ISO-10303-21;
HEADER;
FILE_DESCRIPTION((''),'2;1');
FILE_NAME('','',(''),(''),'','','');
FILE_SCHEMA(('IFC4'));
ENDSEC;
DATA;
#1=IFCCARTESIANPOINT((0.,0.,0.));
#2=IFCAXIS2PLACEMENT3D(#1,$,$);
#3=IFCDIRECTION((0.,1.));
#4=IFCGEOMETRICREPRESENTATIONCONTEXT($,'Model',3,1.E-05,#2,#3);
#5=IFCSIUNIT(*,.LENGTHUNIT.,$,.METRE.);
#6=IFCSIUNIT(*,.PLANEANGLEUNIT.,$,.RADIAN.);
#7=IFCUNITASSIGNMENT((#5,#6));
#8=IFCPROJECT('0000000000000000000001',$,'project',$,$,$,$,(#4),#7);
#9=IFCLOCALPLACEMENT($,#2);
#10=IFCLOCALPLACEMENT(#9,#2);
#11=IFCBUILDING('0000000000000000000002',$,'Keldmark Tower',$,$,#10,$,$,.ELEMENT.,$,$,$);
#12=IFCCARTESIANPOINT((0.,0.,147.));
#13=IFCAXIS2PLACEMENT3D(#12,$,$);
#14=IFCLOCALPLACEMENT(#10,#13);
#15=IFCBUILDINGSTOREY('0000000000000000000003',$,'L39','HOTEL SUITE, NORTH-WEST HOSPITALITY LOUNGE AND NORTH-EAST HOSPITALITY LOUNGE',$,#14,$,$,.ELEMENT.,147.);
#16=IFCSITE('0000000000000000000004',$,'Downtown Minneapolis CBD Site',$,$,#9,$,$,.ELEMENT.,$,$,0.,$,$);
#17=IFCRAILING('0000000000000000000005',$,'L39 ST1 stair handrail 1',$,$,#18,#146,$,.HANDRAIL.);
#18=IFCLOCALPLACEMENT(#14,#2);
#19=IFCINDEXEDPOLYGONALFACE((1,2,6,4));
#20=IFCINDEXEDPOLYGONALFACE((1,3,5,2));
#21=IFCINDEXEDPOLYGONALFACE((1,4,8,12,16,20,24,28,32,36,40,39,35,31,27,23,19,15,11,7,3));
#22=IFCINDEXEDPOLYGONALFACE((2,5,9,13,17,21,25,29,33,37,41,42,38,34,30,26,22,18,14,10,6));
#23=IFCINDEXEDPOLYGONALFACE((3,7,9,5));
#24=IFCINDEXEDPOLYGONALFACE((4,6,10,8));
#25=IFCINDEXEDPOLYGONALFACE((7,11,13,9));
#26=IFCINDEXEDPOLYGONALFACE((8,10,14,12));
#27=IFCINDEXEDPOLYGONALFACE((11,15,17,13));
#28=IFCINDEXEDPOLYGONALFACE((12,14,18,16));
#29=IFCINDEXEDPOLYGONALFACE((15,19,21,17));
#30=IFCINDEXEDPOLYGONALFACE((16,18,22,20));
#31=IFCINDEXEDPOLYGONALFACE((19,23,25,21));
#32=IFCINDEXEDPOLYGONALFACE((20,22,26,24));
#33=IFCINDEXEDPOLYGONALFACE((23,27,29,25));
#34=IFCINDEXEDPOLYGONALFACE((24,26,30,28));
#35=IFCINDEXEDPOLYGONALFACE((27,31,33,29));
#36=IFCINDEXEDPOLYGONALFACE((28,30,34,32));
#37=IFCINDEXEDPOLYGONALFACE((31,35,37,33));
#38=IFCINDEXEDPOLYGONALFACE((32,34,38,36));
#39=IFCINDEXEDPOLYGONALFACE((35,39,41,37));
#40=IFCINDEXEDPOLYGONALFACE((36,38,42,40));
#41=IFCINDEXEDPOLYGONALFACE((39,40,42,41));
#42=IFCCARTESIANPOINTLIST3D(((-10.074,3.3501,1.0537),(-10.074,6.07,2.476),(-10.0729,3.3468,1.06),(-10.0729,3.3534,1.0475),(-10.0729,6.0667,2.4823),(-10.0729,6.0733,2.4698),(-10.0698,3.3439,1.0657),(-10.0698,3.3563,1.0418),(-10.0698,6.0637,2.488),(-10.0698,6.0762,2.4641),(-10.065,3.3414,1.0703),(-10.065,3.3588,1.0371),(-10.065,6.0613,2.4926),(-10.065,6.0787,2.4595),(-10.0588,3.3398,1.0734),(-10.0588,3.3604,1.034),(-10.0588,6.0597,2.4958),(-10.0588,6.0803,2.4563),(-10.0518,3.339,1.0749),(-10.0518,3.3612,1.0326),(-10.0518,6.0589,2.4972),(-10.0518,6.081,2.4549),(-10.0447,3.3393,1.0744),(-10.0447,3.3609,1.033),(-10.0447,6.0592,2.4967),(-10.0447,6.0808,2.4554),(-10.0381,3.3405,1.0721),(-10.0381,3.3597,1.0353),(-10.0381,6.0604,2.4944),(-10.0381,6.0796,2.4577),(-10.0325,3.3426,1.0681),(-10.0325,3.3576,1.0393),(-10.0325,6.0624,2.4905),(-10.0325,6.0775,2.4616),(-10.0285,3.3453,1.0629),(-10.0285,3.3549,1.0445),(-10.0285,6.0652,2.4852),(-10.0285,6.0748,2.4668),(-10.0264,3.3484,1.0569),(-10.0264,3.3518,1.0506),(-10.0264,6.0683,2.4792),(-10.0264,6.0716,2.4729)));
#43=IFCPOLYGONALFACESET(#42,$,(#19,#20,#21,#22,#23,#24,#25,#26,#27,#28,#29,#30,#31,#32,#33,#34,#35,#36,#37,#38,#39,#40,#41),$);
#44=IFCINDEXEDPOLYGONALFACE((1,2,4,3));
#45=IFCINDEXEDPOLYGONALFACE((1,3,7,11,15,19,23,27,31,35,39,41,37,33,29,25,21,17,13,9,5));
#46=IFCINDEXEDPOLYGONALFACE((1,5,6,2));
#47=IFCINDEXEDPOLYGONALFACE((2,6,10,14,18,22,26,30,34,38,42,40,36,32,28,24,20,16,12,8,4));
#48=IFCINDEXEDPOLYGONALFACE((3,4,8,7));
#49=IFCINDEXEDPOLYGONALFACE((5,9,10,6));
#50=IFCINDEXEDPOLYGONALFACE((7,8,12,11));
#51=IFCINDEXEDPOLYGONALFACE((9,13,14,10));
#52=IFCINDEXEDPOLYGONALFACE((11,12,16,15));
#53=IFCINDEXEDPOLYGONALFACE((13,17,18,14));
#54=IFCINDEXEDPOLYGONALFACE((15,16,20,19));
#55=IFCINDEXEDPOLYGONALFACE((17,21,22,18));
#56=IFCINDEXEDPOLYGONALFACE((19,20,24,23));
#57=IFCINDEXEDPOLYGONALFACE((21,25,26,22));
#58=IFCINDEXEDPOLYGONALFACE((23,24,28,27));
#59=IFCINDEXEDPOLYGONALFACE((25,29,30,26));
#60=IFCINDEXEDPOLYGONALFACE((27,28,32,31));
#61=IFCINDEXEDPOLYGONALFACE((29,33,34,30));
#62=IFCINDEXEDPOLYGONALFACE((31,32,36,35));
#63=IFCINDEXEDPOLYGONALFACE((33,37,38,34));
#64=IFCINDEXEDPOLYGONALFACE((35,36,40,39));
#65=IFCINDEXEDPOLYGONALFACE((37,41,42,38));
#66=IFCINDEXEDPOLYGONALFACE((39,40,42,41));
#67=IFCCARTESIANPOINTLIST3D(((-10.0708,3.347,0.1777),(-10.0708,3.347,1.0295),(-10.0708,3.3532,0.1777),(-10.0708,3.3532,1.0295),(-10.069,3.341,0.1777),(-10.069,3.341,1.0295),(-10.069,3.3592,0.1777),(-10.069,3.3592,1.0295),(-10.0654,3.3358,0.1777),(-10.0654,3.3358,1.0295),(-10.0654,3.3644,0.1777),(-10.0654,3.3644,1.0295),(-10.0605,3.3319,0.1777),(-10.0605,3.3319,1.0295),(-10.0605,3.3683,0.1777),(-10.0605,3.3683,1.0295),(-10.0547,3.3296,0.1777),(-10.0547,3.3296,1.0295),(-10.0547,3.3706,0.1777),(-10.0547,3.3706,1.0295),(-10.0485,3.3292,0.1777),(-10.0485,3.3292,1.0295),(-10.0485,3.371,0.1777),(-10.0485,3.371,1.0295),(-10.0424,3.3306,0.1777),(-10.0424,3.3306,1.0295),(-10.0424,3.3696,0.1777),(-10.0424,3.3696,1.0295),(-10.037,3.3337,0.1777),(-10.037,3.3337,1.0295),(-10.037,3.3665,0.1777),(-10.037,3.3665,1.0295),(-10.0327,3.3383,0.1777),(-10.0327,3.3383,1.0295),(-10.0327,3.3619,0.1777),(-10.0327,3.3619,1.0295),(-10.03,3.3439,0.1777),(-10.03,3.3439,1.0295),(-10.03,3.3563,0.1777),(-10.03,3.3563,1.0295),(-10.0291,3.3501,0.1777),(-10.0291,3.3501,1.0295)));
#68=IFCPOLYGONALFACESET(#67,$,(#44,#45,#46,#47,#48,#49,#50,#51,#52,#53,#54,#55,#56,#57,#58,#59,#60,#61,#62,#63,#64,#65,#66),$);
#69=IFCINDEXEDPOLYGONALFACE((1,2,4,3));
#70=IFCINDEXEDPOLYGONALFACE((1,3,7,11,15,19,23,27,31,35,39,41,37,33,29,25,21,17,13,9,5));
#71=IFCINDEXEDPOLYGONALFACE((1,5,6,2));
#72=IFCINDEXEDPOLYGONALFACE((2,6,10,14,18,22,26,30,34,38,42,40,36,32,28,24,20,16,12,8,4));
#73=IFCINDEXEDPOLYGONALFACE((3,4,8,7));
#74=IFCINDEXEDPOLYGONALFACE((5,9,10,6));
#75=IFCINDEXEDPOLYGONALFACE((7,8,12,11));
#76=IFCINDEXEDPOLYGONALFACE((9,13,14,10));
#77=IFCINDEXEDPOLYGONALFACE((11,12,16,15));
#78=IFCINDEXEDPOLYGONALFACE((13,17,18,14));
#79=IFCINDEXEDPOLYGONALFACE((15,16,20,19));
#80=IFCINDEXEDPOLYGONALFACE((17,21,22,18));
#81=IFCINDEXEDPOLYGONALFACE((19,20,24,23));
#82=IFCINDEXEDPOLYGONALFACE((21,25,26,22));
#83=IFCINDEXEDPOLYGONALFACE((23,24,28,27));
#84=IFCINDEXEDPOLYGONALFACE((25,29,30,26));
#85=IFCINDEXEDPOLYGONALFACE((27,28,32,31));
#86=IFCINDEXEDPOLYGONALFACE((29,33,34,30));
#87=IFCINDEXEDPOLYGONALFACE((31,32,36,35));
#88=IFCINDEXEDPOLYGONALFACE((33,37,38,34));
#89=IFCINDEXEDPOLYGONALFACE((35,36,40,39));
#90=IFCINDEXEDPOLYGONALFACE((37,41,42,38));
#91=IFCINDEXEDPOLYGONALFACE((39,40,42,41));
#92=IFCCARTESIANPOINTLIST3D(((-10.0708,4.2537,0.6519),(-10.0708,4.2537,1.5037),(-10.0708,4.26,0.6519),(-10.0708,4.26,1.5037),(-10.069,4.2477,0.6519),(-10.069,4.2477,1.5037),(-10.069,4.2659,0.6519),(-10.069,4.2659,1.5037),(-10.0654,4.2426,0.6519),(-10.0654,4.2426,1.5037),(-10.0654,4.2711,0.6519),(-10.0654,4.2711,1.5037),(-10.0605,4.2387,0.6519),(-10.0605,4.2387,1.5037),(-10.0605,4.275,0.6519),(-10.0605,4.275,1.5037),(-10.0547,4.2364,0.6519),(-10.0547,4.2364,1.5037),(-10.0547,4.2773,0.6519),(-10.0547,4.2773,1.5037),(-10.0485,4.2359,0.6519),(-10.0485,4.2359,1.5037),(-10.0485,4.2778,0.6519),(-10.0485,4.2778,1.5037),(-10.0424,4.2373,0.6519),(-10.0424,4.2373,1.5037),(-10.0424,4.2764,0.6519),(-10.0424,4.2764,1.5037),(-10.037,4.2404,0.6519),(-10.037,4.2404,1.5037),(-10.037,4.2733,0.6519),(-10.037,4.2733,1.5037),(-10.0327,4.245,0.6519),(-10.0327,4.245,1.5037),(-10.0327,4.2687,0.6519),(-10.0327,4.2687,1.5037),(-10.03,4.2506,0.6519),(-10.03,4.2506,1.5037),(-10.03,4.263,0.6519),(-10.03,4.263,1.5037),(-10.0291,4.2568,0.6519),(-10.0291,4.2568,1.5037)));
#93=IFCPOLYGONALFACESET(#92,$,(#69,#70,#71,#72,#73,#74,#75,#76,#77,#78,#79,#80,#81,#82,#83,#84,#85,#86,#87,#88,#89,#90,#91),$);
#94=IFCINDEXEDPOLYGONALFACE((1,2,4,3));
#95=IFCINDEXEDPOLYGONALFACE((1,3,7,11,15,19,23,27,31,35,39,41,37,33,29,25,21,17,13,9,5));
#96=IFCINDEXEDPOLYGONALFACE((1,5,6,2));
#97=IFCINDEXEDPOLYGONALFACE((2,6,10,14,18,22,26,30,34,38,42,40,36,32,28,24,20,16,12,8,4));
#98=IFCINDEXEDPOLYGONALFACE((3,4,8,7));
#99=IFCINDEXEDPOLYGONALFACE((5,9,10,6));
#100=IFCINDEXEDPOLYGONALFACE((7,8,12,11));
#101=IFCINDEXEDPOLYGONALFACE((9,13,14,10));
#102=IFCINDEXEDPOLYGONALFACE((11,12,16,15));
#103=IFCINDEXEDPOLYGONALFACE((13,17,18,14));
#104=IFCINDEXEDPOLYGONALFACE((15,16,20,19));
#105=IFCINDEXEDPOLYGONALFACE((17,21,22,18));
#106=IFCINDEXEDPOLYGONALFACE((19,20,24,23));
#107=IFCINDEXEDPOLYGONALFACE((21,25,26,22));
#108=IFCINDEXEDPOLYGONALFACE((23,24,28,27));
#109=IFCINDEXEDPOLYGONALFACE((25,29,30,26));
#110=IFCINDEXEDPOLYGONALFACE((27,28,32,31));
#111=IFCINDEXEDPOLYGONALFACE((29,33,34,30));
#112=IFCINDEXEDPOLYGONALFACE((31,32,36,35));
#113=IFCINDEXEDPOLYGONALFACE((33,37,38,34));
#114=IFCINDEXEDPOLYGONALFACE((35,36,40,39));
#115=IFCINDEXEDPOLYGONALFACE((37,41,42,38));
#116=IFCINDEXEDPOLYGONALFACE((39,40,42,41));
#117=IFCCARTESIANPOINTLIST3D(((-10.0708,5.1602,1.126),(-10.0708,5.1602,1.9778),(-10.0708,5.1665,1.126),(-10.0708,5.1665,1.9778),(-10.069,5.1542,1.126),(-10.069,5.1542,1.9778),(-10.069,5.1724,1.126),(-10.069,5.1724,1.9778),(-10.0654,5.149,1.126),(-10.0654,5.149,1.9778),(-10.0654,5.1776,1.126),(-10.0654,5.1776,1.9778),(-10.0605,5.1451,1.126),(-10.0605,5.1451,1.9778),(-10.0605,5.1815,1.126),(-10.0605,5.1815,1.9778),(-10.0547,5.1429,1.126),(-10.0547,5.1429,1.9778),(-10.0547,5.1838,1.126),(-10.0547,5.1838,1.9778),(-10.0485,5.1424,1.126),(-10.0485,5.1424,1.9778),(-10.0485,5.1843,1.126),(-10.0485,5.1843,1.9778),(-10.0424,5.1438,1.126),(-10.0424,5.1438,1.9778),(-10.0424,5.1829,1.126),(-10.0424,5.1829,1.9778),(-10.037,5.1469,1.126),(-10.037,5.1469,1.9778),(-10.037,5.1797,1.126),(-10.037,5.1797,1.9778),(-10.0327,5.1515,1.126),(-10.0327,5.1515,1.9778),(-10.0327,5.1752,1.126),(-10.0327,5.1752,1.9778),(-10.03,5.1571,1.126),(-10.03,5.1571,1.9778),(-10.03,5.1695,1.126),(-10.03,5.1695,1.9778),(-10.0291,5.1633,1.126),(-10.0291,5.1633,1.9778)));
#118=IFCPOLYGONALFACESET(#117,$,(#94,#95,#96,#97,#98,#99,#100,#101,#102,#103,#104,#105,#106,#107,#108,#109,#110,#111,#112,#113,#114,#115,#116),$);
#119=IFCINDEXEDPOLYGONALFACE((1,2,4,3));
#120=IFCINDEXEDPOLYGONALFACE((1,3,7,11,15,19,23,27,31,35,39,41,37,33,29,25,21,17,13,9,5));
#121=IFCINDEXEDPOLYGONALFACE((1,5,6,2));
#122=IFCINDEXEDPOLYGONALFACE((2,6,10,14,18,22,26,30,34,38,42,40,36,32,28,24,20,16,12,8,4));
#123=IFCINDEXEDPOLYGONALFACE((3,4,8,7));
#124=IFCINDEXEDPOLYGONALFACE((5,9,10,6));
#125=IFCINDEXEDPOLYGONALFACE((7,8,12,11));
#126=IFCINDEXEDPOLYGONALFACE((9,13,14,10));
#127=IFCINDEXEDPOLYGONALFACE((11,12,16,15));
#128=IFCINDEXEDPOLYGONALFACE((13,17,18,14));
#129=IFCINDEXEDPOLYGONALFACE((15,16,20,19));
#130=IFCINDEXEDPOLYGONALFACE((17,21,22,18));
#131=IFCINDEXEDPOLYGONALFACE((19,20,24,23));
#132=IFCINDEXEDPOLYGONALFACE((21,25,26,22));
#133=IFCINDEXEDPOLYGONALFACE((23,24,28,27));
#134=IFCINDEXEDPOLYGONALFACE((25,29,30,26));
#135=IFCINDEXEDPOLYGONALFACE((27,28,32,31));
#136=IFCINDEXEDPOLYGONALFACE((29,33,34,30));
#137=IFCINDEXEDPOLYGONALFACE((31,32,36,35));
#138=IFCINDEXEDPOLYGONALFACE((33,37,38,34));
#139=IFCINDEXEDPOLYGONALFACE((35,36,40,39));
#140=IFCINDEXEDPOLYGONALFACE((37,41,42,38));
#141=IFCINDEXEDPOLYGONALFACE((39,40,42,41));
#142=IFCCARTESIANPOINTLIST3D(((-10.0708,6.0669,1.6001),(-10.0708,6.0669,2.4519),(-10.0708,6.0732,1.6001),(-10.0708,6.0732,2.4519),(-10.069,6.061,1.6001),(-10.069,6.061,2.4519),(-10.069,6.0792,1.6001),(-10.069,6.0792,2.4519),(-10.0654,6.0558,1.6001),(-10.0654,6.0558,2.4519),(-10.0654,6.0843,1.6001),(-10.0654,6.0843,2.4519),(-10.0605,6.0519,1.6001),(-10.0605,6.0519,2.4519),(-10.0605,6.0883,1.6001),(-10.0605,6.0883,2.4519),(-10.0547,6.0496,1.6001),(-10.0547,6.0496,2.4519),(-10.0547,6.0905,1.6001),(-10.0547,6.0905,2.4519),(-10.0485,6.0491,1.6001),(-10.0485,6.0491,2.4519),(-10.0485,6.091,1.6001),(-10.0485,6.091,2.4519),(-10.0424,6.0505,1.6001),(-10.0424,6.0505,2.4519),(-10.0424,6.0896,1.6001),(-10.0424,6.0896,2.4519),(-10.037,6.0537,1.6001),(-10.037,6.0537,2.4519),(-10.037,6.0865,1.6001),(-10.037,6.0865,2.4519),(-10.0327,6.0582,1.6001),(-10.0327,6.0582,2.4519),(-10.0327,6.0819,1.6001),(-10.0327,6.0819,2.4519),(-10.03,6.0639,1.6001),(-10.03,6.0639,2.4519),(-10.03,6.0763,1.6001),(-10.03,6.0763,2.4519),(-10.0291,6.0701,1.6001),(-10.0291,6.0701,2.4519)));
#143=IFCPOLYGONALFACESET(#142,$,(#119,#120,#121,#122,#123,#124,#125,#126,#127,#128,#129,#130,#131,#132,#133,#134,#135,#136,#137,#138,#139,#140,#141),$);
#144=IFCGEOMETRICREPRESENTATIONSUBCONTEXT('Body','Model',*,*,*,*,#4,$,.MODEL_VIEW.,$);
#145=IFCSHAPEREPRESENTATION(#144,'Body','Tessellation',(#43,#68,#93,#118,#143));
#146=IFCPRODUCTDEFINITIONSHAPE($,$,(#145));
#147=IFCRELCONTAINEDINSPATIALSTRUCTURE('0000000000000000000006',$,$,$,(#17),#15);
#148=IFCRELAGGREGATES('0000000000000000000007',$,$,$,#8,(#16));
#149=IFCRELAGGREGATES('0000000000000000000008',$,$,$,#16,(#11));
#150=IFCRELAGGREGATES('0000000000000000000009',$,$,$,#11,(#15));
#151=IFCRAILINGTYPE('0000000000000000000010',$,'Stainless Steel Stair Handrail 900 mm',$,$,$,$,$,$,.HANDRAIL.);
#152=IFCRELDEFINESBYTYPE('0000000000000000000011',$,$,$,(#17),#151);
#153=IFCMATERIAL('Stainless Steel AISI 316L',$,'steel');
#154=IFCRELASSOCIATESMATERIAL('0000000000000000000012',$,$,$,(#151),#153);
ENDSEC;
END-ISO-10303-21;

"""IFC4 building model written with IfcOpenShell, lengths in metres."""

from ifc_helpers import new_model, si_unit, direction, frame, origin, origin_2d, place, context, subcontext, project, spatial, circle, extrude, material, type_object, element, save


model = new_model("IFC4")

# Units and contexts
model_context = context("Model", 3, precision=1e-05, world=origin(), true_north=direction((0.0, 1.0)))
body_context = subcontext(model_context, "Body", "Model", "MODEL_VIEW")
ifc_project = project(units=[si_unit("LENGTHUNIT", "METRE"), si_unit("PLANEANGLEUNIT", "RADIAN")], contexts=[model_context])

# Site, building, storey
site_placement = place(None, origin())
site = spatial("IfcSite", under=ifc_project, at=site_placement, Name="Downtown Minneapolis CBD Site", CompositionType="ELEMENT", RefElevation=0.0)
building_placement = place(site_placement, origin())
building = spatial("IfcBuilding", under=site, at=building_placement, Name="Keldmark Tower", CompositionType="ELEMENT")
storey_placement = place(building_placement, frame((0.0, 0.0, 147.0)))
storey = spatial("IfcBuildingStorey", under=building, at=storey_placement, Name="L39", Description="HOTEL SUITE, NORTH-WEST HOSPITALITY LOUNGE AND NORTH-EAST HOSPITALITY LOUNGE", CompositionType="ELEMENT", Elevation=147.0)

# Railing
ifc_material_1 = material(Name="Stainless Steel AISI 316L", Category="steel")
railing_type_1 = type_object("IfcRailingType", Name="Stainless Steel Stair Handrail 900 mm", PredefinedType="HANDRAIL", material=ifc_material_1)
railing_1_placement = place(storey_placement, frame((-10.05, 3.3501, 0.1777)))
element("IfcRailing", 1, at=railing_1_placement, inside=storey, type_object=railing_type_1, Name="L39 ST1 stair handrail 1", PredefinedType="HANDRAIL", context=body_context, shape_type="SweptSolid", body=[
    extrude(circle(Radius=0.0239, at=origin_2d()), frame((0.0, 0.0, 0.876), z_axis=(0.0, 0.88615, 0.463398), x_axis=(-1.0, 0.0, 0.0)), (0.0, 0.0, 1.0), 3.0693),
    extrude(circle(Radius=0.021, at=origin_2d()), origin(), (0.0, 0.0, 1.0), 0.8518),
    extrude(circle(Radius=0.021, at=origin_2d()), frame((0.0, 0.9067, 0.4741)), (0.0, 0.0, 1.0), 0.8518),
    extrude(circle(Radius=0.021, at=origin_2d()), frame((0.0, 1.8132, 0.9482)), (0.0, 0.0, 1.0), 0.8518),
    extrude(circle(Radius=0.021, at=origin_2d()), frame((0.0, 2.72, 1.4224)), (0.0, 0.0, 1.0), 0.8518),
])

save(model, "model.ifc")
